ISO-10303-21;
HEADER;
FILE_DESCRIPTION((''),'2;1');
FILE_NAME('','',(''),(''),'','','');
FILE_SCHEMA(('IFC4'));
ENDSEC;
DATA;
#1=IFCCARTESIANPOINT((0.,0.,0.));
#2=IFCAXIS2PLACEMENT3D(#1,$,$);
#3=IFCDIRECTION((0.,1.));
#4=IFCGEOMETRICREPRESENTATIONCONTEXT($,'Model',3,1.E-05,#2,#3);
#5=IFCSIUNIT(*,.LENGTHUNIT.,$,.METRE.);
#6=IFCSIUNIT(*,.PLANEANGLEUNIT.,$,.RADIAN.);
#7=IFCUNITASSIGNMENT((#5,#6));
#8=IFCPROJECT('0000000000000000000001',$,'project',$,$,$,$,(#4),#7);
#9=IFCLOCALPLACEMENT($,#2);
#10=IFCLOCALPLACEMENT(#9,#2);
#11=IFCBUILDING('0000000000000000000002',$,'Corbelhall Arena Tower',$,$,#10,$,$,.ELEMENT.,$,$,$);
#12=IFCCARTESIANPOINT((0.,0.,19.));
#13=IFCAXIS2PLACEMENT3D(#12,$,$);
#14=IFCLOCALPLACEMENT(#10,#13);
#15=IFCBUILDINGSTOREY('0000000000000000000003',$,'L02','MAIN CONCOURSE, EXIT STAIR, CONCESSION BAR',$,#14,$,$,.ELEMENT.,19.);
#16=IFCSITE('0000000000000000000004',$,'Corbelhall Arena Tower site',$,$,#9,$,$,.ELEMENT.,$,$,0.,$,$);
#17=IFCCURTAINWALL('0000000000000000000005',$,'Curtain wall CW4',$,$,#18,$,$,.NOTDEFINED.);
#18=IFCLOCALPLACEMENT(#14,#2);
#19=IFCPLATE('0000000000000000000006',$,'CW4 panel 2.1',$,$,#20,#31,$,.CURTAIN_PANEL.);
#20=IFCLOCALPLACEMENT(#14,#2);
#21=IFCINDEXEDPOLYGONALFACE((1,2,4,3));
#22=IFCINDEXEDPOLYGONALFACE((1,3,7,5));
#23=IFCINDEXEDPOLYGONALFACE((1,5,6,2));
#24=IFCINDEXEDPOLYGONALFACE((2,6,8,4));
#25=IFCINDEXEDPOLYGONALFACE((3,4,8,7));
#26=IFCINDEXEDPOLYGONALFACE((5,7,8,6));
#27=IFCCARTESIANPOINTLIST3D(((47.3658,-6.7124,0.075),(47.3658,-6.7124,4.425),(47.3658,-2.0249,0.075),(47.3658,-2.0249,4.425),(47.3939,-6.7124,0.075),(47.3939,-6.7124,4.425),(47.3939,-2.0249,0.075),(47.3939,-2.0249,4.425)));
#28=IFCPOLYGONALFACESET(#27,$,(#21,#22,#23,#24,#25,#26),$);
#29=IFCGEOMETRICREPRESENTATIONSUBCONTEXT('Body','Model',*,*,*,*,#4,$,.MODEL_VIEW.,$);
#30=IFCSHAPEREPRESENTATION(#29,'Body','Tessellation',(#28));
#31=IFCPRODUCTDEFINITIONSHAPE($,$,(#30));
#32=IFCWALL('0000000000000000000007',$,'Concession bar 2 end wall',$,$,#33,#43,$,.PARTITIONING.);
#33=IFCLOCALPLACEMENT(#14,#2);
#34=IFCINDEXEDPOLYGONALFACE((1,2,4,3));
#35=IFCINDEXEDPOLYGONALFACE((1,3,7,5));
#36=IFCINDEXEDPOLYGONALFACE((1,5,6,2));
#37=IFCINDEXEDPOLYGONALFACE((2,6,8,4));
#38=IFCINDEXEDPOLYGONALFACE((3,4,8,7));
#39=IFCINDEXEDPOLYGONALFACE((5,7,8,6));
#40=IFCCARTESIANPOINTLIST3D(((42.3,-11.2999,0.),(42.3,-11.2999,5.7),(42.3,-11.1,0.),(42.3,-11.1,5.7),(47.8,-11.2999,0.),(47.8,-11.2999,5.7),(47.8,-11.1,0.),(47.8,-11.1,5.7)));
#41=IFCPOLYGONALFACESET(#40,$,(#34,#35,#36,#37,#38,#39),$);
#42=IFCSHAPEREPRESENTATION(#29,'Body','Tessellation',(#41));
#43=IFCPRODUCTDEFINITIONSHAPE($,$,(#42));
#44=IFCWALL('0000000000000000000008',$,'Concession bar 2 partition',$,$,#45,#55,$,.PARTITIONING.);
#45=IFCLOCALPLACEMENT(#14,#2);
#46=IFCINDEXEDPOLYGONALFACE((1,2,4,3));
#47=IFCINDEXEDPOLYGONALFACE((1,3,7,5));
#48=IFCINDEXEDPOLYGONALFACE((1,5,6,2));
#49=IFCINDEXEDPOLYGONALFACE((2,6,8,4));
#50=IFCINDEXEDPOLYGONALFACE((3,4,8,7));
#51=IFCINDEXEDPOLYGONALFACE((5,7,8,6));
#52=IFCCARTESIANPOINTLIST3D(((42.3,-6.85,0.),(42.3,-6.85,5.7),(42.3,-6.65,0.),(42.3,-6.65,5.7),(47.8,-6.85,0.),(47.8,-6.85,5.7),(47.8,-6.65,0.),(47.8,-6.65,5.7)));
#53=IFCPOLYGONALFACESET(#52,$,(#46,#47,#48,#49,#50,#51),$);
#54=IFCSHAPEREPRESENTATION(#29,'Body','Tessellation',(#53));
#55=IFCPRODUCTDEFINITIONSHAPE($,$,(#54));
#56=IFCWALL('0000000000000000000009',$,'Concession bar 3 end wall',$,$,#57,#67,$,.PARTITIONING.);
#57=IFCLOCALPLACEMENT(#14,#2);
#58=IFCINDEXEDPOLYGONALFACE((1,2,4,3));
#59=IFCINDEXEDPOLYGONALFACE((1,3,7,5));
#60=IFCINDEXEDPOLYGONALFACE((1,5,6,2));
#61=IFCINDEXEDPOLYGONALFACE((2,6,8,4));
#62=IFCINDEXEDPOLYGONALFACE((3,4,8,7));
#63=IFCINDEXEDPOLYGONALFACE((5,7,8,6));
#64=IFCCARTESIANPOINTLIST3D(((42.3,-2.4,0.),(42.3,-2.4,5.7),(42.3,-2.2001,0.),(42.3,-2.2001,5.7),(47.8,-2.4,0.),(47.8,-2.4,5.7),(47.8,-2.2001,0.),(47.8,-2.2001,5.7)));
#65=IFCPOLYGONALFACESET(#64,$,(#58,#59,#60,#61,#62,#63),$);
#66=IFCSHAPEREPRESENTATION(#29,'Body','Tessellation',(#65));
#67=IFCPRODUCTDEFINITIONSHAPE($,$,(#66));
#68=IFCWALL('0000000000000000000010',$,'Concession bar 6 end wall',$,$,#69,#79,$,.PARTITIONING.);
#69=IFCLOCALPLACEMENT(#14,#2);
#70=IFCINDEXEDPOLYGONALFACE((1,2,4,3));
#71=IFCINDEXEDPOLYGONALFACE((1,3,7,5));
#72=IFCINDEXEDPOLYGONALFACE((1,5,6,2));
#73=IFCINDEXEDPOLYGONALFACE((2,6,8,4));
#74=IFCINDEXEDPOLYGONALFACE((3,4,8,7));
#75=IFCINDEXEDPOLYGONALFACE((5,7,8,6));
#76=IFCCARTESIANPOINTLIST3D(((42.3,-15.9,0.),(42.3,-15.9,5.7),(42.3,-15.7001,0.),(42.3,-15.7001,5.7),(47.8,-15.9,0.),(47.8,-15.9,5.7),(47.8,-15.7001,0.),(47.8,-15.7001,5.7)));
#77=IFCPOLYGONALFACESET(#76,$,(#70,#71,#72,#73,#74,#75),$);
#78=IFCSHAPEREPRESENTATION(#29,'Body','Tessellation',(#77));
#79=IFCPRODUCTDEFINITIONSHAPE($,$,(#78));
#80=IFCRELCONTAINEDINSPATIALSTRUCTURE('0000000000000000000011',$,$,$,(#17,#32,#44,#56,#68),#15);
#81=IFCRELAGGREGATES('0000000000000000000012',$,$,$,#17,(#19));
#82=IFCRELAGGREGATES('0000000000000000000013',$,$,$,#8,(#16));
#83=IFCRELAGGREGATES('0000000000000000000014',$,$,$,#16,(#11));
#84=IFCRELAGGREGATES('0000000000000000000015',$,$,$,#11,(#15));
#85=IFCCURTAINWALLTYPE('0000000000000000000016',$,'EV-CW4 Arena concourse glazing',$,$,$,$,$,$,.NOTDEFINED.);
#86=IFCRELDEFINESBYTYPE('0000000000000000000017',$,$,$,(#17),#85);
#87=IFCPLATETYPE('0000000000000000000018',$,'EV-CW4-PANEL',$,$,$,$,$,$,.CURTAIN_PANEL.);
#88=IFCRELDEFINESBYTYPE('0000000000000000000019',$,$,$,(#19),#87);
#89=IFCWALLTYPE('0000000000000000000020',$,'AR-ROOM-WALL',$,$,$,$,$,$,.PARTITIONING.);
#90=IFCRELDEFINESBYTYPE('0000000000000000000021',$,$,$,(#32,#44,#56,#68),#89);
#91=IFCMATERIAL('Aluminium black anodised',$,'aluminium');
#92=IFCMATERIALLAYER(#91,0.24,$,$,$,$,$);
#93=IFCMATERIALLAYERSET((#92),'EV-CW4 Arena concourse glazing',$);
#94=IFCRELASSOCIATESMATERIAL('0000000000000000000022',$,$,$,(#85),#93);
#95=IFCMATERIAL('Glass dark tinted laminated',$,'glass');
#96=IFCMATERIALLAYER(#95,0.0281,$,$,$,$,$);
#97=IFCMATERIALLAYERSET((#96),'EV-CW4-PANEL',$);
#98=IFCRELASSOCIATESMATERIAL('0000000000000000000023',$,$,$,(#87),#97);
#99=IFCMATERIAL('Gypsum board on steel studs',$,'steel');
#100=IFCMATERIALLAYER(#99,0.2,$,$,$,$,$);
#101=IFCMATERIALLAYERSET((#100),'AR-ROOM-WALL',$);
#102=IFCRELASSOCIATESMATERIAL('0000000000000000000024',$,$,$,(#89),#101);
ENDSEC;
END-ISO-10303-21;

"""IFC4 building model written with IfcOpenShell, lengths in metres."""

from ifc_helpers import new_model, si_unit, direction, frame, frame_2d, origin, origin_2d, place, context, subcontext, project, spatial, rectangle, extrude, material, layer, layer_set, type_object, element, aggregate, save


model = new_model("IFC4")

# Units and contexts
model_context = context("Model", 3, precision=1e-05, world=origin(), true_north=direction((0.0, 1.0)))
body_context = subcontext(model_context, "Body", "Model", "MODEL_VIEW")
ifc_project = project(units=[si_unit("LENGTHUNIT", "METRE"), si_unit("PLANEANGLEUNIT", "RADIAN")], contexts=[model_context])

# Site, building, storey
site_placement = place(None, origin())
site = spatial("IfcSite", under=ifc_project, at=site_placement, Name="Corbelhall Arena Tower site", CompositionType="ELEMENT", RefElevation=0.0)
building_placement = place(site_placement, origin())
building = spatial("IfcBuilding", under=site, at=building_placement, Name="Corbelhall Arena Tower", CompositionType="ELEMENT")
storey_placement = place(building_placement, frame((0.0, 0.0, 19.0)))
storey = spatial("IfcBuildingStorey", under=building, at=storey_placement, Name="L02", Description="MAIN CONCOURSE, EXIT STAIR, CONCESSION BAR", CompositionType="ELEMENT", Elevation=19.0)

# Shared definitions
ifc_material_1 = material(Name="Aluminium black anodised", Category="aluminium")
ifc_layer_1 = layer(ifc_material_1, 0.24)
ifc_layer_set_1 = layer_set([ifc_layer_1], Name="EV-CW4 Arena concourse glazing")
curtain_wall_type = type_object("IfcCurtainWallType", Name="EV-CW4 Arena concourse glazing", PredefinedType="NOTDEFINED", material=ifc_layer_set_1)

# Curtain wall
curtain_wall_1_placement = place(storey_placement, origin())
curtain_wall_1 = element("IfcCurtainWall", 1, at=curtain_wall_1_placement, inside=storey, type_object=curtain_wall_type, Name="Curtain wall CW4", PredefinedType="NOTDEFINED")

# Plate
ifc_material_2 = material(Name="Glass dark tinted laminated", Category="glass")
ifc_layer_2 = layer(ifc_material_2, 0.0281)
ifc_layer_set_2 = layer_set([ifc_layer_2], Name="EV-CW4-PANEL")
plate_type = type_object("IfcPlateType", Name="EV-CW4-PANEL", PredefinedType="CURTAIN_PANEL", material=ifc_layer_set_2)
plate_1_placement = place(storey_placement, frame((47.3799, -4.3687, 0.075), z_axis=(0.0, 0.0, 1.0), x_axis=(0.0, 1.0, 0.0)))
plate_1 = element("IfcPlate", 2, at=plate_1_placement, type_object=plate_type, Name="CW4 panel 2.1", PredefinedType="CURTAIN_PANEL", context=body_context, shape_type="SweptSolid", body=[
    extrude(rectangle(XDim=4.6875, YDim=0.0281, at=origin_2d()), origin(), (0.0, 0.0, 1.0), 4.3501),
])
aggregate(curtain_wall_1, [plate_1])

# Walls
ifc_material_3 = material(Name="Gypsum board on steel studs", Category="steel")
ifc_layer_3 = layer(ifc_material_3, 0.2)
ifc_layer_set_3 = layer_set([ifc_layer_3], Name="AR-ROOM-WALL")
wall_type_1 = type_object("IfcWallType", Name="AR-ROOM-WALL", PredefinedType="PARTITIONING", material=ifc_layer_set_3)
for number, where, z_axis, x_axis, name in (
    (3, (42.3, -11.2, 0.0), (0.0, 0.0, 1.0), (1.0, 0.0, 0.0), "Concession bar 2 end wall"),
    (4, (42.3, -6.75, 0.0), (0.0, 0.0, 1.0), (1.0, 0.0, 0.0), "Concession bar 2 partition"),
    (5, (42.3, -2.3, 0.0), (0.0, 0.0, 1.0), (1.0, 0.0, 0.0), "Concession bar 3 end wall"),
    (6, (42.3, -15.8, 0.0), (0.0, 0.0, 1.0), (1.0, 0.0, 0.0), "Concession bar 6 end wall"),
):
    element("IfcWall", number, at=place(storey_placement, frame(where, z_axis=z_axis, x_axis=x_axis)), inside=storey, type_object=wall_type_1, Name=name, PredefinedType="PARTITIONING", context=body_context, shape_type="SweptSolid", body=[
        extrude(rectangle(XDim=5.5, YDim=0.2, at=frame_2d((2.75, 0.0))), origin(), (0.0, 0.0, 1.0), 5.7),
    ])

save(model, "model.ifc")
